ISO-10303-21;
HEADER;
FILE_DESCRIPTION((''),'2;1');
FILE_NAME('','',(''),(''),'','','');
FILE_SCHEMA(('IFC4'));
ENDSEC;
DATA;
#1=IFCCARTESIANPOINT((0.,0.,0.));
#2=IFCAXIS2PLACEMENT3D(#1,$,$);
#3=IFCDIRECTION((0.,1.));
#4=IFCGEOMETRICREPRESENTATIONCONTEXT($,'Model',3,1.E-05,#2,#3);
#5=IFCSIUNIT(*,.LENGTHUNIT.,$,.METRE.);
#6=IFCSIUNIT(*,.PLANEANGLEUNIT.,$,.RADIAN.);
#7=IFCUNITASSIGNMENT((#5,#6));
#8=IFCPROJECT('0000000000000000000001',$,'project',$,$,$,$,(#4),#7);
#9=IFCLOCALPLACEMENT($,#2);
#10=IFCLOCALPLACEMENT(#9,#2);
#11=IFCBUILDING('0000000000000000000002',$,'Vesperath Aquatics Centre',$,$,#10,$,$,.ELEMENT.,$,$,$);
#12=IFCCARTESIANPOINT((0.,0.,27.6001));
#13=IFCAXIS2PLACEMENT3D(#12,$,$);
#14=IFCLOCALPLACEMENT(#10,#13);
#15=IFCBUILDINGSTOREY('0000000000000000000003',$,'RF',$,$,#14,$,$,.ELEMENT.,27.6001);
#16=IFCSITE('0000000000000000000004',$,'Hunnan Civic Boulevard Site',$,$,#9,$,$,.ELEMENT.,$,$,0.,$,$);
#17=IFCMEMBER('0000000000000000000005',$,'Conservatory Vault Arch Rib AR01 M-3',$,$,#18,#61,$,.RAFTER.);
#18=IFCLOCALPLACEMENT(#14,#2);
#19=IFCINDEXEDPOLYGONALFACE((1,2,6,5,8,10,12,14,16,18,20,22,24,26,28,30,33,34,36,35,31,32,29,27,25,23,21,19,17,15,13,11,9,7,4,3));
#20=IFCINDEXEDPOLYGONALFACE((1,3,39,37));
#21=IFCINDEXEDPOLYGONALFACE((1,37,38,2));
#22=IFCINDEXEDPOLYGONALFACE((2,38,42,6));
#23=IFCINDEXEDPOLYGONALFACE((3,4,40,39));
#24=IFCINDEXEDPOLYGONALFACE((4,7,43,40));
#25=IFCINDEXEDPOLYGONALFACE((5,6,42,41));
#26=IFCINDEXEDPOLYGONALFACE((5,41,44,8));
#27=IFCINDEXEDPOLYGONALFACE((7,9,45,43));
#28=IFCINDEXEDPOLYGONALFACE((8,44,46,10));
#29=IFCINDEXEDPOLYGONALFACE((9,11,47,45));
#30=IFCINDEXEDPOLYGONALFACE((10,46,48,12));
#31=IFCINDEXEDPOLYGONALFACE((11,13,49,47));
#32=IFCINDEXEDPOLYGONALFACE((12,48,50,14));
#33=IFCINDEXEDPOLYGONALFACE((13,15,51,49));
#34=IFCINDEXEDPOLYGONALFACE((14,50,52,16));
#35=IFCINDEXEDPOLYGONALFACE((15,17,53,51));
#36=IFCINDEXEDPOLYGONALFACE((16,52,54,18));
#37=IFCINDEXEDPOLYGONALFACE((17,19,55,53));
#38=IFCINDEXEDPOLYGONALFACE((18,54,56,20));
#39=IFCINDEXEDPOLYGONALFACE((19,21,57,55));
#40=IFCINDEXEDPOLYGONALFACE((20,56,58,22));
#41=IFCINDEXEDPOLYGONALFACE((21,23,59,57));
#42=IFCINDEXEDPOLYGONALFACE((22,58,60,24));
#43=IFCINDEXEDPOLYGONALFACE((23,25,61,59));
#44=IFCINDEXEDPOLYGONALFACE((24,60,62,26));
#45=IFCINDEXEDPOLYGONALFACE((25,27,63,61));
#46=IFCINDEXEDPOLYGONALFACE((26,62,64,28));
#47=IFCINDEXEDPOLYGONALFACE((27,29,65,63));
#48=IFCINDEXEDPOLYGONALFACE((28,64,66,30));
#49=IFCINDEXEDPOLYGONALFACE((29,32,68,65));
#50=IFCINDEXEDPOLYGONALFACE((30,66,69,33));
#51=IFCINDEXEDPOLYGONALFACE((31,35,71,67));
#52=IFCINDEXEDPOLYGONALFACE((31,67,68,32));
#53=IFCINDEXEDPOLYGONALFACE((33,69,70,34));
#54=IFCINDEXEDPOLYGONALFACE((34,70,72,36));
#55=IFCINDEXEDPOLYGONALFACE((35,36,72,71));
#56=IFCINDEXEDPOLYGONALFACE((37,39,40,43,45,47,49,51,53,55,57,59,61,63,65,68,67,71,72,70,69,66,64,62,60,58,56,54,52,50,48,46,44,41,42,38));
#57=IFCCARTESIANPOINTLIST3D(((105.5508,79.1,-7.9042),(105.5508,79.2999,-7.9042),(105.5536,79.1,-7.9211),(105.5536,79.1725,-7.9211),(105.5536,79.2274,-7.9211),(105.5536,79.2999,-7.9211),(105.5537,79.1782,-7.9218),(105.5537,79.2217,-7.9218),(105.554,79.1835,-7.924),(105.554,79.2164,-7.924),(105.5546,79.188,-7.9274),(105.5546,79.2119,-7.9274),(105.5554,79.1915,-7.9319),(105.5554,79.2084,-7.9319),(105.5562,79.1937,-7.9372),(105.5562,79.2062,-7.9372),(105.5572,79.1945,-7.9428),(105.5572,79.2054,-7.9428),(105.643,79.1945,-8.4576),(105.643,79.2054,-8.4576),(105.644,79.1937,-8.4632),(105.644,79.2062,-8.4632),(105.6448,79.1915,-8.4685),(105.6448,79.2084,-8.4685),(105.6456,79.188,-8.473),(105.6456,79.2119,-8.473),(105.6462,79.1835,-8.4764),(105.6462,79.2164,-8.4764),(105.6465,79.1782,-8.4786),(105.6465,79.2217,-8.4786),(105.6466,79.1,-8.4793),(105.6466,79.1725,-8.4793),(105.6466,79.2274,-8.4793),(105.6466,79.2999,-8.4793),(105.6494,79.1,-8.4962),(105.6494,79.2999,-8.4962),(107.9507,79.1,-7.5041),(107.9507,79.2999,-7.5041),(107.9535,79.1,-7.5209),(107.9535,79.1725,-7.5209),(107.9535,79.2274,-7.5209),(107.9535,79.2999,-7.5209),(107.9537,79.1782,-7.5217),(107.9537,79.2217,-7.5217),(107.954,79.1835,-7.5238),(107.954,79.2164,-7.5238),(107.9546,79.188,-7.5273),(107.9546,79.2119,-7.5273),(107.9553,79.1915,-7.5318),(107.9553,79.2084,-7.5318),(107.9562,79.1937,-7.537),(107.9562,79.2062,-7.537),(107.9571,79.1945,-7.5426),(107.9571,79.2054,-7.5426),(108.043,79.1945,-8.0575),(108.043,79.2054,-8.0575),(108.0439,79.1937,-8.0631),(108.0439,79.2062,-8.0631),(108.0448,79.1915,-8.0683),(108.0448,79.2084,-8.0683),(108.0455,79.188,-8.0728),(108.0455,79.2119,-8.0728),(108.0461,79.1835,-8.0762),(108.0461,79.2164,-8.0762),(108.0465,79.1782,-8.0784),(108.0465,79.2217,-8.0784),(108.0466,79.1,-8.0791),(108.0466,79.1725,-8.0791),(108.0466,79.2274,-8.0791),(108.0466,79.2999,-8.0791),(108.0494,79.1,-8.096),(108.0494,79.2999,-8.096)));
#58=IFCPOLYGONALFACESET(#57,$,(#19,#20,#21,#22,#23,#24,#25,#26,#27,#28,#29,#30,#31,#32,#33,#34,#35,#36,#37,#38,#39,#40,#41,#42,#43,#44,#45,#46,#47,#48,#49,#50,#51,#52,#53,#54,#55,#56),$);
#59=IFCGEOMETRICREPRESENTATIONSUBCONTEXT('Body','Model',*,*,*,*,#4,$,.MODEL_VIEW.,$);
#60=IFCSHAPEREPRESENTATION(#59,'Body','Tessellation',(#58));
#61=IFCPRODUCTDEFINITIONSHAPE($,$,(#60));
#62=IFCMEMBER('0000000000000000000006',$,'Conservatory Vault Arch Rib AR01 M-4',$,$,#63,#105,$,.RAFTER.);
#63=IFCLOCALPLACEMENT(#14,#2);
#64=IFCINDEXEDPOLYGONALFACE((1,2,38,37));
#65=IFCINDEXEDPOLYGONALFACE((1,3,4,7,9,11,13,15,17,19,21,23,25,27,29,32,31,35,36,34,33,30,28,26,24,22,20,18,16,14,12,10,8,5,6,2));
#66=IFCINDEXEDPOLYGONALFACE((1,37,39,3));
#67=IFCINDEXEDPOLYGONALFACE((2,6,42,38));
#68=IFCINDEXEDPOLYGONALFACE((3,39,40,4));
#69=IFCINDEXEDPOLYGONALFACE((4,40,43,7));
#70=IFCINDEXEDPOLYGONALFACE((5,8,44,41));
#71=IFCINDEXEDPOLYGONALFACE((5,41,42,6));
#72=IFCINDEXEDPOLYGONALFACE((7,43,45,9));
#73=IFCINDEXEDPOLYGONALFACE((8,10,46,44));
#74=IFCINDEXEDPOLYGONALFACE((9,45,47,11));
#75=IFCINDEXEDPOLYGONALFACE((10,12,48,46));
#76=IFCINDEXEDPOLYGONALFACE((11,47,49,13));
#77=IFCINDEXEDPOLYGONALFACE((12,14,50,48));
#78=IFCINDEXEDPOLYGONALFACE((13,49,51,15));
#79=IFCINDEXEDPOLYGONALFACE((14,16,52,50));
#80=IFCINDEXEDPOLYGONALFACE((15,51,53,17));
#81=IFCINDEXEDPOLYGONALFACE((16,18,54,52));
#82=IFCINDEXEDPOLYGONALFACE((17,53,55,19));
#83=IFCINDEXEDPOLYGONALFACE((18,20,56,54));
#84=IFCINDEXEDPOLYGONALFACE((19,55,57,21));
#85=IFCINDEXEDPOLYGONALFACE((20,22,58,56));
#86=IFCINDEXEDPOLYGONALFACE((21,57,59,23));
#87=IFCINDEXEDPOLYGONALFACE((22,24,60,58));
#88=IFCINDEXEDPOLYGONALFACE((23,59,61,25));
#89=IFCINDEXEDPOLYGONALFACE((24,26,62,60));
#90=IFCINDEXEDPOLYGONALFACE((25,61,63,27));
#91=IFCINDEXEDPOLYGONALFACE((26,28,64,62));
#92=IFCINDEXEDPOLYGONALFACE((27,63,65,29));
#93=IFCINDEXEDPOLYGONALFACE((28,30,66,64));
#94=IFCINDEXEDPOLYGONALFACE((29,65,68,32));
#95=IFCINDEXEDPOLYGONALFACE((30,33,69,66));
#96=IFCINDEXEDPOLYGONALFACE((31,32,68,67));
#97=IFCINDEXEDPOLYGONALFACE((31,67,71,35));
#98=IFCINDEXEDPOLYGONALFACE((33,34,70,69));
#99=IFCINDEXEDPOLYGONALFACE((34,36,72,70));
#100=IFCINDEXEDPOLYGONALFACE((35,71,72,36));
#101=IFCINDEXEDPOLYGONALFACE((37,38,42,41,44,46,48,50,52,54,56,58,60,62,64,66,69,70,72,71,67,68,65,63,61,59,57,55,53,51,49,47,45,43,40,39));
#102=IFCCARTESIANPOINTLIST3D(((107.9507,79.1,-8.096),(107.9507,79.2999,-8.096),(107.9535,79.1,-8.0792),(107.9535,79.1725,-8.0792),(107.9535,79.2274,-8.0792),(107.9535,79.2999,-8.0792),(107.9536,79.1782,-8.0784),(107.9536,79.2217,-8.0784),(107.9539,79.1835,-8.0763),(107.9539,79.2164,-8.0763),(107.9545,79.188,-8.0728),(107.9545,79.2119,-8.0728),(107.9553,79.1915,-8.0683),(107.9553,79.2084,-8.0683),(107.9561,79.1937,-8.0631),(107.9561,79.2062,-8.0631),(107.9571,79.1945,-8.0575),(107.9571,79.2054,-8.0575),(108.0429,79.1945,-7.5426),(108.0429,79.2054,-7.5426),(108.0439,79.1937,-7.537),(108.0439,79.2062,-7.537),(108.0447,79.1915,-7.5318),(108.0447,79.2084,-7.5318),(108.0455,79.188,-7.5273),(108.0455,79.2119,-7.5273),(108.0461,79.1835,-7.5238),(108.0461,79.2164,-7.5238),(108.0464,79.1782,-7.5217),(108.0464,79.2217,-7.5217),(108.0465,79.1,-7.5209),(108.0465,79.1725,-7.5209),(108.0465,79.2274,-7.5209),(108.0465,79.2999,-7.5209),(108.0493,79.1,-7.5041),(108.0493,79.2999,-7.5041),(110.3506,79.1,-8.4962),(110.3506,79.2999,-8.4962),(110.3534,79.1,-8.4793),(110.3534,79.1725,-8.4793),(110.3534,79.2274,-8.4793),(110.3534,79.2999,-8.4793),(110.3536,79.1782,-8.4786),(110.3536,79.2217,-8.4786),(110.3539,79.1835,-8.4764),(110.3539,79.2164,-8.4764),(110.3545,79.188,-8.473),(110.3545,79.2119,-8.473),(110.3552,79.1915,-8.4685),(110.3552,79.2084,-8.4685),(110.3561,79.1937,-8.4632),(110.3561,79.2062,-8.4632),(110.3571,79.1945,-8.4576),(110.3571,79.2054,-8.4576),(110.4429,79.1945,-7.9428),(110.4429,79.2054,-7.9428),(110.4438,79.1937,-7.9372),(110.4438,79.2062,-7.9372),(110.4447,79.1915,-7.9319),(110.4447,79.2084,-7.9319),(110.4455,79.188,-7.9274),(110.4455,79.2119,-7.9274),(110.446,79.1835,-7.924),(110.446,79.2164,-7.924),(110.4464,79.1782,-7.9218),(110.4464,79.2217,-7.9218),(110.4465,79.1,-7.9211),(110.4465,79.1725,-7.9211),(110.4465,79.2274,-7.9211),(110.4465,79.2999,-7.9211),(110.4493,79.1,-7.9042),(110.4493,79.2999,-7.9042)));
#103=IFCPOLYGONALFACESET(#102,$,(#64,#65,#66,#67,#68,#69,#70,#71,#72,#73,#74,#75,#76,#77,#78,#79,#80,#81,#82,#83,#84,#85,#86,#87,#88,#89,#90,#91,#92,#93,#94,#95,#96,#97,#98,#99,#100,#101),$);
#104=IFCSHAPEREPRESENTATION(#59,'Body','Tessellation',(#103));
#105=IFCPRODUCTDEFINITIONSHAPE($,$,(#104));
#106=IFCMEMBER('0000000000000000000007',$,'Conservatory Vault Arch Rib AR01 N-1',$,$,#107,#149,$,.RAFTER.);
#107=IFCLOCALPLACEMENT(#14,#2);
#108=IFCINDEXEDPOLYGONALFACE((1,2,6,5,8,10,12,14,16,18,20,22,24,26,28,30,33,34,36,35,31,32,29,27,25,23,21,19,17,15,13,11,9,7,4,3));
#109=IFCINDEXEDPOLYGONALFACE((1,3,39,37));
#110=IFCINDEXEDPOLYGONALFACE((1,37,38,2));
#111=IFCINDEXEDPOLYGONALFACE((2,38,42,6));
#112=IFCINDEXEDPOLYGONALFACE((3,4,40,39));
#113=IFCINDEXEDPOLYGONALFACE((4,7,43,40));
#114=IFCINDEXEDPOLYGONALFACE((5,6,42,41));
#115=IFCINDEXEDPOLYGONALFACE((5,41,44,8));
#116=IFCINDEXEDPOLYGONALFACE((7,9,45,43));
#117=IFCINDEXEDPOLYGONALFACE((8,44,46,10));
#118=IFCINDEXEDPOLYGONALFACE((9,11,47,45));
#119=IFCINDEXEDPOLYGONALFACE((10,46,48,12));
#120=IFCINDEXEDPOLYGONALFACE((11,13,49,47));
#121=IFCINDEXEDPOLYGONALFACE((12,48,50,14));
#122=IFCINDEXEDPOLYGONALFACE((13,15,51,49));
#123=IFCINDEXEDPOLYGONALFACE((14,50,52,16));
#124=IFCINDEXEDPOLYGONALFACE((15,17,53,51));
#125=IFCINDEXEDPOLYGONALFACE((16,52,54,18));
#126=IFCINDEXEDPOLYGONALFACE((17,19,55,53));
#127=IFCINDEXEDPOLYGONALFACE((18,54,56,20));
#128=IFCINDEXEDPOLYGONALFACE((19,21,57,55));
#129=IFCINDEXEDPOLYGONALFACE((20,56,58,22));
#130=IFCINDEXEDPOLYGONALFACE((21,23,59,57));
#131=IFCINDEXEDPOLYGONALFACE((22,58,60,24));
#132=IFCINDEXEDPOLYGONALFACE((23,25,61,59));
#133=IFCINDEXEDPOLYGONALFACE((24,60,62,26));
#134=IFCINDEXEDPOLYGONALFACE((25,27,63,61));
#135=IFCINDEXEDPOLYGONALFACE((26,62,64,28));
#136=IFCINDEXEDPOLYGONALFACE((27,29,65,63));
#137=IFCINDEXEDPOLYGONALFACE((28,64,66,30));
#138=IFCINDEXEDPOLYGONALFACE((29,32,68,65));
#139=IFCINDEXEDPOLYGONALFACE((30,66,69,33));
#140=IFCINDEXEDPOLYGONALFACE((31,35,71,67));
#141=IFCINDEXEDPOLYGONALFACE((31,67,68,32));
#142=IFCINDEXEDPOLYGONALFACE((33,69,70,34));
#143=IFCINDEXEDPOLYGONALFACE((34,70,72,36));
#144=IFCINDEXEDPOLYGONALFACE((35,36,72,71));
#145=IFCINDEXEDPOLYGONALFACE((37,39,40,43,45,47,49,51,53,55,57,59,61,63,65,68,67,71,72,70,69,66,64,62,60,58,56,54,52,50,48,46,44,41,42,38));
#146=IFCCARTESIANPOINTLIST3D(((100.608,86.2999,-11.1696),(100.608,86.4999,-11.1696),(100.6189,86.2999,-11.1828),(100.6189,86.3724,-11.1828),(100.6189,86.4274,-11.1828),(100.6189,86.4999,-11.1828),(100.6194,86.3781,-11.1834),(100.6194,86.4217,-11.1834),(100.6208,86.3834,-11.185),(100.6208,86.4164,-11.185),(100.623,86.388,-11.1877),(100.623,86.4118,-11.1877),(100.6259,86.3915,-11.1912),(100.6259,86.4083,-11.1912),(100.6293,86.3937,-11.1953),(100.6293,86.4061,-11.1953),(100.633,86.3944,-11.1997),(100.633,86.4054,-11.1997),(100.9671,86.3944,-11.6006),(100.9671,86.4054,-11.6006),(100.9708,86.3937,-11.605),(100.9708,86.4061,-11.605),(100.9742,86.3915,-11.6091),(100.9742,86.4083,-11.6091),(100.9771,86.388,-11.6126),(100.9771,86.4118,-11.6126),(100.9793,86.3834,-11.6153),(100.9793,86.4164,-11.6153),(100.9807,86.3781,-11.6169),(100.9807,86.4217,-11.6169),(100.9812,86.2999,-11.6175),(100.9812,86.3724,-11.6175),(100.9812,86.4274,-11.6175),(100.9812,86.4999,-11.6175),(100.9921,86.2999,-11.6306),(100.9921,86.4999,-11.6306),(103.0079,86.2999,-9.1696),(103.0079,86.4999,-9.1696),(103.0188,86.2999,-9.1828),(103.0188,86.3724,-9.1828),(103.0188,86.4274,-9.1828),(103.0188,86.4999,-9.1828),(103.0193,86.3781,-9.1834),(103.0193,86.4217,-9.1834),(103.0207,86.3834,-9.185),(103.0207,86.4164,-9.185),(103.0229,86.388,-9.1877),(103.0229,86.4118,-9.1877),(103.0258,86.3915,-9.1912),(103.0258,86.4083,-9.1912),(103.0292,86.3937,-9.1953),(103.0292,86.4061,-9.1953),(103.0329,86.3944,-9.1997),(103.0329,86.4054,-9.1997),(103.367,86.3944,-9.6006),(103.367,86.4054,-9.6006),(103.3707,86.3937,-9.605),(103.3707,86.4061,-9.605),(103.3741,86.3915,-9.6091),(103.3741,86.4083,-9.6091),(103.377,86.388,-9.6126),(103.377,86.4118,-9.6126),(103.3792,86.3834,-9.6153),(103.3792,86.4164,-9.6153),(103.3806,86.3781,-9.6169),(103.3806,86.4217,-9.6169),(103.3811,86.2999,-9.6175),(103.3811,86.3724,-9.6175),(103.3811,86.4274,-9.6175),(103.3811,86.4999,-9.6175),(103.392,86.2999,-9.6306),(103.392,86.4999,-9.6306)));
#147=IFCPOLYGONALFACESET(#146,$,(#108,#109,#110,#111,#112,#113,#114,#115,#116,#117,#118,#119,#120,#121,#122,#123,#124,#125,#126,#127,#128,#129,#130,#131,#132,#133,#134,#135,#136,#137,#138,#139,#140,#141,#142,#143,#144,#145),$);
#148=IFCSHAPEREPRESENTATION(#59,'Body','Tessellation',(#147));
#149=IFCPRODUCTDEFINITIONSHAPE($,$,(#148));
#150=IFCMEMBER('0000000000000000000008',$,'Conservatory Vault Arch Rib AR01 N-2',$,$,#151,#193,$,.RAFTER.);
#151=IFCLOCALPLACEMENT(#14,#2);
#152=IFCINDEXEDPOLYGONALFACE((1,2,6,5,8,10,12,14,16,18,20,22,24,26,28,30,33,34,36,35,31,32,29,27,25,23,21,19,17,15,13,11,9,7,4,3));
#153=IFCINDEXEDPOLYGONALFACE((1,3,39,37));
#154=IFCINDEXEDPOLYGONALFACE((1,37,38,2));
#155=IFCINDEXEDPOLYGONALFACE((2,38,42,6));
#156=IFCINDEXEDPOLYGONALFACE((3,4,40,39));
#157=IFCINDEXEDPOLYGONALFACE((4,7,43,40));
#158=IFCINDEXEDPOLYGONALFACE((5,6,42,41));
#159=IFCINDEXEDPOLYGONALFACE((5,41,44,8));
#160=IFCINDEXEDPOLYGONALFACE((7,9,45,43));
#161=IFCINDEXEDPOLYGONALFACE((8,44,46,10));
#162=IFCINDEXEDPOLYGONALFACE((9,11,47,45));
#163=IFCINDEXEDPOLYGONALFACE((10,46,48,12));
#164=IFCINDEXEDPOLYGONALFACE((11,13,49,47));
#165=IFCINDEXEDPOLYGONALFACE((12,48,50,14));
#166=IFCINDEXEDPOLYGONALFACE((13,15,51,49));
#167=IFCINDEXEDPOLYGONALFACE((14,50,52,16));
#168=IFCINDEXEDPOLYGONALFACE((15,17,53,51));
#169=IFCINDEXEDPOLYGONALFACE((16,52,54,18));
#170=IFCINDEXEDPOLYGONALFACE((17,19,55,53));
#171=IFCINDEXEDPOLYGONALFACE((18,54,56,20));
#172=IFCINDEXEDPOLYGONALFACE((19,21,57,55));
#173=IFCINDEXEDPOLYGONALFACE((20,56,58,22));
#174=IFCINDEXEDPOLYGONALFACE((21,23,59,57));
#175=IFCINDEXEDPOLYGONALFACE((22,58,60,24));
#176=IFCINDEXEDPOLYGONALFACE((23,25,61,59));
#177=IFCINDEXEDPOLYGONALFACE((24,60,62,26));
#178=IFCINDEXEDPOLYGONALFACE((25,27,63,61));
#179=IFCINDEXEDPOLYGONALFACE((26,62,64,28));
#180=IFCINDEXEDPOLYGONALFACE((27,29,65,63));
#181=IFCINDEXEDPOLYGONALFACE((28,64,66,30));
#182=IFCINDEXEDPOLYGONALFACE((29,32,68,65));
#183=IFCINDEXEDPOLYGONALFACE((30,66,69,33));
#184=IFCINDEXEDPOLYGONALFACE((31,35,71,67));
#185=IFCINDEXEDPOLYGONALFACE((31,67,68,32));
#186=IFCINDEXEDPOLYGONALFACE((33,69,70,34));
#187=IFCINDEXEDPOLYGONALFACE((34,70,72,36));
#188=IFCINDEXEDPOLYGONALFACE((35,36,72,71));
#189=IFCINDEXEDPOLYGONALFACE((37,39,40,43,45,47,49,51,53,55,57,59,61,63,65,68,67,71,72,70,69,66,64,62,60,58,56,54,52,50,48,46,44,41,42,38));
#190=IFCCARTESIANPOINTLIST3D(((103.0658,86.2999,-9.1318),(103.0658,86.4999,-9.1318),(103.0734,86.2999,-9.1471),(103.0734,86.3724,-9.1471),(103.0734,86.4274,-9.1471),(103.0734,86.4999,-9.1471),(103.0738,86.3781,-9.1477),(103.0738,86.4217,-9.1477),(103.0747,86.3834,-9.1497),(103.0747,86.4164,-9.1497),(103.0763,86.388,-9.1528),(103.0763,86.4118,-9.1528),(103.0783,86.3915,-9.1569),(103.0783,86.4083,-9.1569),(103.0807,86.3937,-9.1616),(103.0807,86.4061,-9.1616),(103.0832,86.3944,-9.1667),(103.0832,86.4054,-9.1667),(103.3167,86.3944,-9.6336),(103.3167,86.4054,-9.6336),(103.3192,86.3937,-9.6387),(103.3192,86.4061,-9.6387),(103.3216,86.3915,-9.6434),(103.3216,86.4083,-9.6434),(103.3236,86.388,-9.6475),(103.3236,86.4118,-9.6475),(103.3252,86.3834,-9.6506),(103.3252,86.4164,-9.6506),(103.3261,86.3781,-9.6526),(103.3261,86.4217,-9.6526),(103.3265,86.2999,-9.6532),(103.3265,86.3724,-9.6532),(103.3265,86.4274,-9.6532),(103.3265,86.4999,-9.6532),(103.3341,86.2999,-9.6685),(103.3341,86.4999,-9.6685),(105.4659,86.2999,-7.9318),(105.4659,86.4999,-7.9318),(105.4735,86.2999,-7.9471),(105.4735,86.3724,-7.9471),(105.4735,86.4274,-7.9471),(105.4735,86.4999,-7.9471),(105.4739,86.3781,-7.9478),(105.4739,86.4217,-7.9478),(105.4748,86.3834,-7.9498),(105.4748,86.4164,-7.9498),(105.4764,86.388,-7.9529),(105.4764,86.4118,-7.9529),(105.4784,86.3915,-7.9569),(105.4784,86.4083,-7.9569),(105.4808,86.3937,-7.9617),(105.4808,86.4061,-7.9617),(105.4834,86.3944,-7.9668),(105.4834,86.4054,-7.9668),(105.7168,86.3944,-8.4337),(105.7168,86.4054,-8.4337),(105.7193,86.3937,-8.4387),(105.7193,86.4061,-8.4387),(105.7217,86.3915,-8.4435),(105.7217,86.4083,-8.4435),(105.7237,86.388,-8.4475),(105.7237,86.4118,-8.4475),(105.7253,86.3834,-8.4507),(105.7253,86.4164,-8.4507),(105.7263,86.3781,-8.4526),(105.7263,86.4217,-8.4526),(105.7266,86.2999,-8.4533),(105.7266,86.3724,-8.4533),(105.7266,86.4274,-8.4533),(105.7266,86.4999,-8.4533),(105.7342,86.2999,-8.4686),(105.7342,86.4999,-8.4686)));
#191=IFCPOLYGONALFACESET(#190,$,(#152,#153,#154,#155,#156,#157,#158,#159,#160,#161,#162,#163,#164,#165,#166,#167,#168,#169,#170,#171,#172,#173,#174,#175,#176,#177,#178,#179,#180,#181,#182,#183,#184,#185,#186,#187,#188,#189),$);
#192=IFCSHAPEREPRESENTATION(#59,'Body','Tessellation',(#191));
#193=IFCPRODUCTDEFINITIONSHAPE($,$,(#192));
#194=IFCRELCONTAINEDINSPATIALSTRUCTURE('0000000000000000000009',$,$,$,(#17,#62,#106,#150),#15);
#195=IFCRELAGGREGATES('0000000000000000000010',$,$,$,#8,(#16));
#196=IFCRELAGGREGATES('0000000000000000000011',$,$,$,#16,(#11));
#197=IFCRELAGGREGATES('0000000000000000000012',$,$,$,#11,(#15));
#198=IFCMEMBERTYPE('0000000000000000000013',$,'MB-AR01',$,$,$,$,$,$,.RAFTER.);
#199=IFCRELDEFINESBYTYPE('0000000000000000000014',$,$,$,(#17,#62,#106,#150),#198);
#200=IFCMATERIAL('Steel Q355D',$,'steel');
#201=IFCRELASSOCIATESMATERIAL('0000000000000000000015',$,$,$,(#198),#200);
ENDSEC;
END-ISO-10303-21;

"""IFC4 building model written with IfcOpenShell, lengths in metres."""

from ifc_helpers import new_model, si_unit, direction, frame, origin, origin_2d, place, context, subcontext, project, spatial, i_section, extrude, material, material_profile, profile_set, type_object, element, save


model = new_model("IFC4")

# Units and contexts
model_context = context("Model", 3, precision=1e-05, world=origin(), true_north=direction((0.0, 1.0)))
body_context = subcontext(model_context, "Body", "Model", "MODEL_VIEW")
ifc_project = project(units=[si_unit("LENGTHUNIT", "METRE"), si_unit("PLANEANGLEUNIT", "RADIAN")], contexts=[model_context])

# Site, building, storey
site_placement = place(None, origin())
site = spatial("IfcSite", under=ifc_project, at=site_placement, Name="Hunnan Civic Boulevard Site", CompositionType="ELEMENT", RefElevation=0.0)
building_placement = place(site_placement, origin())
building = spatial("IfcBuilding", under=site, at=building_placement, Name="Vesperath Aquatics Centre", CompositionType="ELEMENT")
storey_placement = place(building_placement, frame((0.0, 0.0, 27.6001)))
storey = spatial("IfcBuildingStorey", under=building, at=storey_placement, Name="RF", CompositionType="ELEMENT", Elevation=27.6001)

# Shared definitions
ifc_material_1 = material(Name="Steel Q355D", Category="steel")

# Members
ifc_material_profile_1 = material_profile(ifc_material_1, i_section(OverallWidth=0.2, OverallDepth=0.6001, WebThickness=0.011, FlangeThickness=0.0171, FilletRadius=0.022, at=origin_2d()), Name="HN 600x200x11x17")
ifc_profile_set_1 = profile_set([ifc_material_profile_1], Name="Steel Q355D")
member_type_1 = type_object("IfcMemberType", Name="MB-AR01", PredefinedType="RAFTER", material=ifc_profile_set_1)
for number, where, z_axis, x_axis, name in (
    (1, (105.6001, 79.2, -8.2002), (0.986383, 0.0, 0.164464), (0.0, 1.0, 0.0), "Conservatory Vault Arch Rib AR01 M-3"),
    (2, (108.0, 79.2, -7.8), (0.986383, 0.0, -0.164464), (0.0, 1.0, 0.0), "Conservatory Vault Arch Rib AR01 M-4"),
):
    element("IfcMember", number, at=place(storey_placement, frame(where, z_axis=z_axis, x_axis=x_axis)), inside=storey, type_object=member_type_1, Name=name, PredefinedType="RAFTER", context=body_context, shape_type="SweptSolid", body=[
        extrude(i_section(OverallWidth=0.2, OverallDepth=0.6001, WebThickness=0.011, FlangeThickness=0.0171, FilletRadius=0.022, at=origin_2d()), origin(), (0.0, 0.0, 1.0), 2.4331),
    ])
member_1_placement = place(storey_placement, frame((100.8, 86.3999, -11.4001), z_axis=(0.768208, 0.0, 0.6402), x_axis=(0.0, 1.0, 0.0)))
element("IfcMember", 3, at=member_1_placement, inside=storey, type_object=member_type_1, Name="Conservatory Vault Arch Rib AR01 N-1", PredefinedType="RAFTER", context=body_context, shape_type="SweptSolid", body=[
    extrude(i_section(OverallWidth=0.2, OverallDepth=0.6001, WebThickness=0.011, FlangeThickness=0.0171, FilletRadius=0.022, at=origin_2d()), origin(), (0.0, 0.0, 1.0), 3.124),
])
member_2_placement = place(storey_placement, frame((103.2, 86.3999, -9.4001), z_axis=(0.894445, 0.0, 0.447177), x_axis=(0.0, 1.0, 0.0)))
element("IfcMember", 4, at=member_2_placement, inside=storey, type_object=member_type_1, Name="Conservatory Vault Arch Rib AR01 N-2", PredefinedType="RAFTER", context=body_context, shape_type="SweptSolid", body=[
    extrude(i_section(OverallWidth=0.2, OverallDepth=0.6001, WebThickness=0.011, FlangeThickness=0.0171, FilletRadius=0.022, at=origin_2d()), origin(), (0.0, 0.0, 1.0), 2.6833),
])

save(model, "model.ifc")
